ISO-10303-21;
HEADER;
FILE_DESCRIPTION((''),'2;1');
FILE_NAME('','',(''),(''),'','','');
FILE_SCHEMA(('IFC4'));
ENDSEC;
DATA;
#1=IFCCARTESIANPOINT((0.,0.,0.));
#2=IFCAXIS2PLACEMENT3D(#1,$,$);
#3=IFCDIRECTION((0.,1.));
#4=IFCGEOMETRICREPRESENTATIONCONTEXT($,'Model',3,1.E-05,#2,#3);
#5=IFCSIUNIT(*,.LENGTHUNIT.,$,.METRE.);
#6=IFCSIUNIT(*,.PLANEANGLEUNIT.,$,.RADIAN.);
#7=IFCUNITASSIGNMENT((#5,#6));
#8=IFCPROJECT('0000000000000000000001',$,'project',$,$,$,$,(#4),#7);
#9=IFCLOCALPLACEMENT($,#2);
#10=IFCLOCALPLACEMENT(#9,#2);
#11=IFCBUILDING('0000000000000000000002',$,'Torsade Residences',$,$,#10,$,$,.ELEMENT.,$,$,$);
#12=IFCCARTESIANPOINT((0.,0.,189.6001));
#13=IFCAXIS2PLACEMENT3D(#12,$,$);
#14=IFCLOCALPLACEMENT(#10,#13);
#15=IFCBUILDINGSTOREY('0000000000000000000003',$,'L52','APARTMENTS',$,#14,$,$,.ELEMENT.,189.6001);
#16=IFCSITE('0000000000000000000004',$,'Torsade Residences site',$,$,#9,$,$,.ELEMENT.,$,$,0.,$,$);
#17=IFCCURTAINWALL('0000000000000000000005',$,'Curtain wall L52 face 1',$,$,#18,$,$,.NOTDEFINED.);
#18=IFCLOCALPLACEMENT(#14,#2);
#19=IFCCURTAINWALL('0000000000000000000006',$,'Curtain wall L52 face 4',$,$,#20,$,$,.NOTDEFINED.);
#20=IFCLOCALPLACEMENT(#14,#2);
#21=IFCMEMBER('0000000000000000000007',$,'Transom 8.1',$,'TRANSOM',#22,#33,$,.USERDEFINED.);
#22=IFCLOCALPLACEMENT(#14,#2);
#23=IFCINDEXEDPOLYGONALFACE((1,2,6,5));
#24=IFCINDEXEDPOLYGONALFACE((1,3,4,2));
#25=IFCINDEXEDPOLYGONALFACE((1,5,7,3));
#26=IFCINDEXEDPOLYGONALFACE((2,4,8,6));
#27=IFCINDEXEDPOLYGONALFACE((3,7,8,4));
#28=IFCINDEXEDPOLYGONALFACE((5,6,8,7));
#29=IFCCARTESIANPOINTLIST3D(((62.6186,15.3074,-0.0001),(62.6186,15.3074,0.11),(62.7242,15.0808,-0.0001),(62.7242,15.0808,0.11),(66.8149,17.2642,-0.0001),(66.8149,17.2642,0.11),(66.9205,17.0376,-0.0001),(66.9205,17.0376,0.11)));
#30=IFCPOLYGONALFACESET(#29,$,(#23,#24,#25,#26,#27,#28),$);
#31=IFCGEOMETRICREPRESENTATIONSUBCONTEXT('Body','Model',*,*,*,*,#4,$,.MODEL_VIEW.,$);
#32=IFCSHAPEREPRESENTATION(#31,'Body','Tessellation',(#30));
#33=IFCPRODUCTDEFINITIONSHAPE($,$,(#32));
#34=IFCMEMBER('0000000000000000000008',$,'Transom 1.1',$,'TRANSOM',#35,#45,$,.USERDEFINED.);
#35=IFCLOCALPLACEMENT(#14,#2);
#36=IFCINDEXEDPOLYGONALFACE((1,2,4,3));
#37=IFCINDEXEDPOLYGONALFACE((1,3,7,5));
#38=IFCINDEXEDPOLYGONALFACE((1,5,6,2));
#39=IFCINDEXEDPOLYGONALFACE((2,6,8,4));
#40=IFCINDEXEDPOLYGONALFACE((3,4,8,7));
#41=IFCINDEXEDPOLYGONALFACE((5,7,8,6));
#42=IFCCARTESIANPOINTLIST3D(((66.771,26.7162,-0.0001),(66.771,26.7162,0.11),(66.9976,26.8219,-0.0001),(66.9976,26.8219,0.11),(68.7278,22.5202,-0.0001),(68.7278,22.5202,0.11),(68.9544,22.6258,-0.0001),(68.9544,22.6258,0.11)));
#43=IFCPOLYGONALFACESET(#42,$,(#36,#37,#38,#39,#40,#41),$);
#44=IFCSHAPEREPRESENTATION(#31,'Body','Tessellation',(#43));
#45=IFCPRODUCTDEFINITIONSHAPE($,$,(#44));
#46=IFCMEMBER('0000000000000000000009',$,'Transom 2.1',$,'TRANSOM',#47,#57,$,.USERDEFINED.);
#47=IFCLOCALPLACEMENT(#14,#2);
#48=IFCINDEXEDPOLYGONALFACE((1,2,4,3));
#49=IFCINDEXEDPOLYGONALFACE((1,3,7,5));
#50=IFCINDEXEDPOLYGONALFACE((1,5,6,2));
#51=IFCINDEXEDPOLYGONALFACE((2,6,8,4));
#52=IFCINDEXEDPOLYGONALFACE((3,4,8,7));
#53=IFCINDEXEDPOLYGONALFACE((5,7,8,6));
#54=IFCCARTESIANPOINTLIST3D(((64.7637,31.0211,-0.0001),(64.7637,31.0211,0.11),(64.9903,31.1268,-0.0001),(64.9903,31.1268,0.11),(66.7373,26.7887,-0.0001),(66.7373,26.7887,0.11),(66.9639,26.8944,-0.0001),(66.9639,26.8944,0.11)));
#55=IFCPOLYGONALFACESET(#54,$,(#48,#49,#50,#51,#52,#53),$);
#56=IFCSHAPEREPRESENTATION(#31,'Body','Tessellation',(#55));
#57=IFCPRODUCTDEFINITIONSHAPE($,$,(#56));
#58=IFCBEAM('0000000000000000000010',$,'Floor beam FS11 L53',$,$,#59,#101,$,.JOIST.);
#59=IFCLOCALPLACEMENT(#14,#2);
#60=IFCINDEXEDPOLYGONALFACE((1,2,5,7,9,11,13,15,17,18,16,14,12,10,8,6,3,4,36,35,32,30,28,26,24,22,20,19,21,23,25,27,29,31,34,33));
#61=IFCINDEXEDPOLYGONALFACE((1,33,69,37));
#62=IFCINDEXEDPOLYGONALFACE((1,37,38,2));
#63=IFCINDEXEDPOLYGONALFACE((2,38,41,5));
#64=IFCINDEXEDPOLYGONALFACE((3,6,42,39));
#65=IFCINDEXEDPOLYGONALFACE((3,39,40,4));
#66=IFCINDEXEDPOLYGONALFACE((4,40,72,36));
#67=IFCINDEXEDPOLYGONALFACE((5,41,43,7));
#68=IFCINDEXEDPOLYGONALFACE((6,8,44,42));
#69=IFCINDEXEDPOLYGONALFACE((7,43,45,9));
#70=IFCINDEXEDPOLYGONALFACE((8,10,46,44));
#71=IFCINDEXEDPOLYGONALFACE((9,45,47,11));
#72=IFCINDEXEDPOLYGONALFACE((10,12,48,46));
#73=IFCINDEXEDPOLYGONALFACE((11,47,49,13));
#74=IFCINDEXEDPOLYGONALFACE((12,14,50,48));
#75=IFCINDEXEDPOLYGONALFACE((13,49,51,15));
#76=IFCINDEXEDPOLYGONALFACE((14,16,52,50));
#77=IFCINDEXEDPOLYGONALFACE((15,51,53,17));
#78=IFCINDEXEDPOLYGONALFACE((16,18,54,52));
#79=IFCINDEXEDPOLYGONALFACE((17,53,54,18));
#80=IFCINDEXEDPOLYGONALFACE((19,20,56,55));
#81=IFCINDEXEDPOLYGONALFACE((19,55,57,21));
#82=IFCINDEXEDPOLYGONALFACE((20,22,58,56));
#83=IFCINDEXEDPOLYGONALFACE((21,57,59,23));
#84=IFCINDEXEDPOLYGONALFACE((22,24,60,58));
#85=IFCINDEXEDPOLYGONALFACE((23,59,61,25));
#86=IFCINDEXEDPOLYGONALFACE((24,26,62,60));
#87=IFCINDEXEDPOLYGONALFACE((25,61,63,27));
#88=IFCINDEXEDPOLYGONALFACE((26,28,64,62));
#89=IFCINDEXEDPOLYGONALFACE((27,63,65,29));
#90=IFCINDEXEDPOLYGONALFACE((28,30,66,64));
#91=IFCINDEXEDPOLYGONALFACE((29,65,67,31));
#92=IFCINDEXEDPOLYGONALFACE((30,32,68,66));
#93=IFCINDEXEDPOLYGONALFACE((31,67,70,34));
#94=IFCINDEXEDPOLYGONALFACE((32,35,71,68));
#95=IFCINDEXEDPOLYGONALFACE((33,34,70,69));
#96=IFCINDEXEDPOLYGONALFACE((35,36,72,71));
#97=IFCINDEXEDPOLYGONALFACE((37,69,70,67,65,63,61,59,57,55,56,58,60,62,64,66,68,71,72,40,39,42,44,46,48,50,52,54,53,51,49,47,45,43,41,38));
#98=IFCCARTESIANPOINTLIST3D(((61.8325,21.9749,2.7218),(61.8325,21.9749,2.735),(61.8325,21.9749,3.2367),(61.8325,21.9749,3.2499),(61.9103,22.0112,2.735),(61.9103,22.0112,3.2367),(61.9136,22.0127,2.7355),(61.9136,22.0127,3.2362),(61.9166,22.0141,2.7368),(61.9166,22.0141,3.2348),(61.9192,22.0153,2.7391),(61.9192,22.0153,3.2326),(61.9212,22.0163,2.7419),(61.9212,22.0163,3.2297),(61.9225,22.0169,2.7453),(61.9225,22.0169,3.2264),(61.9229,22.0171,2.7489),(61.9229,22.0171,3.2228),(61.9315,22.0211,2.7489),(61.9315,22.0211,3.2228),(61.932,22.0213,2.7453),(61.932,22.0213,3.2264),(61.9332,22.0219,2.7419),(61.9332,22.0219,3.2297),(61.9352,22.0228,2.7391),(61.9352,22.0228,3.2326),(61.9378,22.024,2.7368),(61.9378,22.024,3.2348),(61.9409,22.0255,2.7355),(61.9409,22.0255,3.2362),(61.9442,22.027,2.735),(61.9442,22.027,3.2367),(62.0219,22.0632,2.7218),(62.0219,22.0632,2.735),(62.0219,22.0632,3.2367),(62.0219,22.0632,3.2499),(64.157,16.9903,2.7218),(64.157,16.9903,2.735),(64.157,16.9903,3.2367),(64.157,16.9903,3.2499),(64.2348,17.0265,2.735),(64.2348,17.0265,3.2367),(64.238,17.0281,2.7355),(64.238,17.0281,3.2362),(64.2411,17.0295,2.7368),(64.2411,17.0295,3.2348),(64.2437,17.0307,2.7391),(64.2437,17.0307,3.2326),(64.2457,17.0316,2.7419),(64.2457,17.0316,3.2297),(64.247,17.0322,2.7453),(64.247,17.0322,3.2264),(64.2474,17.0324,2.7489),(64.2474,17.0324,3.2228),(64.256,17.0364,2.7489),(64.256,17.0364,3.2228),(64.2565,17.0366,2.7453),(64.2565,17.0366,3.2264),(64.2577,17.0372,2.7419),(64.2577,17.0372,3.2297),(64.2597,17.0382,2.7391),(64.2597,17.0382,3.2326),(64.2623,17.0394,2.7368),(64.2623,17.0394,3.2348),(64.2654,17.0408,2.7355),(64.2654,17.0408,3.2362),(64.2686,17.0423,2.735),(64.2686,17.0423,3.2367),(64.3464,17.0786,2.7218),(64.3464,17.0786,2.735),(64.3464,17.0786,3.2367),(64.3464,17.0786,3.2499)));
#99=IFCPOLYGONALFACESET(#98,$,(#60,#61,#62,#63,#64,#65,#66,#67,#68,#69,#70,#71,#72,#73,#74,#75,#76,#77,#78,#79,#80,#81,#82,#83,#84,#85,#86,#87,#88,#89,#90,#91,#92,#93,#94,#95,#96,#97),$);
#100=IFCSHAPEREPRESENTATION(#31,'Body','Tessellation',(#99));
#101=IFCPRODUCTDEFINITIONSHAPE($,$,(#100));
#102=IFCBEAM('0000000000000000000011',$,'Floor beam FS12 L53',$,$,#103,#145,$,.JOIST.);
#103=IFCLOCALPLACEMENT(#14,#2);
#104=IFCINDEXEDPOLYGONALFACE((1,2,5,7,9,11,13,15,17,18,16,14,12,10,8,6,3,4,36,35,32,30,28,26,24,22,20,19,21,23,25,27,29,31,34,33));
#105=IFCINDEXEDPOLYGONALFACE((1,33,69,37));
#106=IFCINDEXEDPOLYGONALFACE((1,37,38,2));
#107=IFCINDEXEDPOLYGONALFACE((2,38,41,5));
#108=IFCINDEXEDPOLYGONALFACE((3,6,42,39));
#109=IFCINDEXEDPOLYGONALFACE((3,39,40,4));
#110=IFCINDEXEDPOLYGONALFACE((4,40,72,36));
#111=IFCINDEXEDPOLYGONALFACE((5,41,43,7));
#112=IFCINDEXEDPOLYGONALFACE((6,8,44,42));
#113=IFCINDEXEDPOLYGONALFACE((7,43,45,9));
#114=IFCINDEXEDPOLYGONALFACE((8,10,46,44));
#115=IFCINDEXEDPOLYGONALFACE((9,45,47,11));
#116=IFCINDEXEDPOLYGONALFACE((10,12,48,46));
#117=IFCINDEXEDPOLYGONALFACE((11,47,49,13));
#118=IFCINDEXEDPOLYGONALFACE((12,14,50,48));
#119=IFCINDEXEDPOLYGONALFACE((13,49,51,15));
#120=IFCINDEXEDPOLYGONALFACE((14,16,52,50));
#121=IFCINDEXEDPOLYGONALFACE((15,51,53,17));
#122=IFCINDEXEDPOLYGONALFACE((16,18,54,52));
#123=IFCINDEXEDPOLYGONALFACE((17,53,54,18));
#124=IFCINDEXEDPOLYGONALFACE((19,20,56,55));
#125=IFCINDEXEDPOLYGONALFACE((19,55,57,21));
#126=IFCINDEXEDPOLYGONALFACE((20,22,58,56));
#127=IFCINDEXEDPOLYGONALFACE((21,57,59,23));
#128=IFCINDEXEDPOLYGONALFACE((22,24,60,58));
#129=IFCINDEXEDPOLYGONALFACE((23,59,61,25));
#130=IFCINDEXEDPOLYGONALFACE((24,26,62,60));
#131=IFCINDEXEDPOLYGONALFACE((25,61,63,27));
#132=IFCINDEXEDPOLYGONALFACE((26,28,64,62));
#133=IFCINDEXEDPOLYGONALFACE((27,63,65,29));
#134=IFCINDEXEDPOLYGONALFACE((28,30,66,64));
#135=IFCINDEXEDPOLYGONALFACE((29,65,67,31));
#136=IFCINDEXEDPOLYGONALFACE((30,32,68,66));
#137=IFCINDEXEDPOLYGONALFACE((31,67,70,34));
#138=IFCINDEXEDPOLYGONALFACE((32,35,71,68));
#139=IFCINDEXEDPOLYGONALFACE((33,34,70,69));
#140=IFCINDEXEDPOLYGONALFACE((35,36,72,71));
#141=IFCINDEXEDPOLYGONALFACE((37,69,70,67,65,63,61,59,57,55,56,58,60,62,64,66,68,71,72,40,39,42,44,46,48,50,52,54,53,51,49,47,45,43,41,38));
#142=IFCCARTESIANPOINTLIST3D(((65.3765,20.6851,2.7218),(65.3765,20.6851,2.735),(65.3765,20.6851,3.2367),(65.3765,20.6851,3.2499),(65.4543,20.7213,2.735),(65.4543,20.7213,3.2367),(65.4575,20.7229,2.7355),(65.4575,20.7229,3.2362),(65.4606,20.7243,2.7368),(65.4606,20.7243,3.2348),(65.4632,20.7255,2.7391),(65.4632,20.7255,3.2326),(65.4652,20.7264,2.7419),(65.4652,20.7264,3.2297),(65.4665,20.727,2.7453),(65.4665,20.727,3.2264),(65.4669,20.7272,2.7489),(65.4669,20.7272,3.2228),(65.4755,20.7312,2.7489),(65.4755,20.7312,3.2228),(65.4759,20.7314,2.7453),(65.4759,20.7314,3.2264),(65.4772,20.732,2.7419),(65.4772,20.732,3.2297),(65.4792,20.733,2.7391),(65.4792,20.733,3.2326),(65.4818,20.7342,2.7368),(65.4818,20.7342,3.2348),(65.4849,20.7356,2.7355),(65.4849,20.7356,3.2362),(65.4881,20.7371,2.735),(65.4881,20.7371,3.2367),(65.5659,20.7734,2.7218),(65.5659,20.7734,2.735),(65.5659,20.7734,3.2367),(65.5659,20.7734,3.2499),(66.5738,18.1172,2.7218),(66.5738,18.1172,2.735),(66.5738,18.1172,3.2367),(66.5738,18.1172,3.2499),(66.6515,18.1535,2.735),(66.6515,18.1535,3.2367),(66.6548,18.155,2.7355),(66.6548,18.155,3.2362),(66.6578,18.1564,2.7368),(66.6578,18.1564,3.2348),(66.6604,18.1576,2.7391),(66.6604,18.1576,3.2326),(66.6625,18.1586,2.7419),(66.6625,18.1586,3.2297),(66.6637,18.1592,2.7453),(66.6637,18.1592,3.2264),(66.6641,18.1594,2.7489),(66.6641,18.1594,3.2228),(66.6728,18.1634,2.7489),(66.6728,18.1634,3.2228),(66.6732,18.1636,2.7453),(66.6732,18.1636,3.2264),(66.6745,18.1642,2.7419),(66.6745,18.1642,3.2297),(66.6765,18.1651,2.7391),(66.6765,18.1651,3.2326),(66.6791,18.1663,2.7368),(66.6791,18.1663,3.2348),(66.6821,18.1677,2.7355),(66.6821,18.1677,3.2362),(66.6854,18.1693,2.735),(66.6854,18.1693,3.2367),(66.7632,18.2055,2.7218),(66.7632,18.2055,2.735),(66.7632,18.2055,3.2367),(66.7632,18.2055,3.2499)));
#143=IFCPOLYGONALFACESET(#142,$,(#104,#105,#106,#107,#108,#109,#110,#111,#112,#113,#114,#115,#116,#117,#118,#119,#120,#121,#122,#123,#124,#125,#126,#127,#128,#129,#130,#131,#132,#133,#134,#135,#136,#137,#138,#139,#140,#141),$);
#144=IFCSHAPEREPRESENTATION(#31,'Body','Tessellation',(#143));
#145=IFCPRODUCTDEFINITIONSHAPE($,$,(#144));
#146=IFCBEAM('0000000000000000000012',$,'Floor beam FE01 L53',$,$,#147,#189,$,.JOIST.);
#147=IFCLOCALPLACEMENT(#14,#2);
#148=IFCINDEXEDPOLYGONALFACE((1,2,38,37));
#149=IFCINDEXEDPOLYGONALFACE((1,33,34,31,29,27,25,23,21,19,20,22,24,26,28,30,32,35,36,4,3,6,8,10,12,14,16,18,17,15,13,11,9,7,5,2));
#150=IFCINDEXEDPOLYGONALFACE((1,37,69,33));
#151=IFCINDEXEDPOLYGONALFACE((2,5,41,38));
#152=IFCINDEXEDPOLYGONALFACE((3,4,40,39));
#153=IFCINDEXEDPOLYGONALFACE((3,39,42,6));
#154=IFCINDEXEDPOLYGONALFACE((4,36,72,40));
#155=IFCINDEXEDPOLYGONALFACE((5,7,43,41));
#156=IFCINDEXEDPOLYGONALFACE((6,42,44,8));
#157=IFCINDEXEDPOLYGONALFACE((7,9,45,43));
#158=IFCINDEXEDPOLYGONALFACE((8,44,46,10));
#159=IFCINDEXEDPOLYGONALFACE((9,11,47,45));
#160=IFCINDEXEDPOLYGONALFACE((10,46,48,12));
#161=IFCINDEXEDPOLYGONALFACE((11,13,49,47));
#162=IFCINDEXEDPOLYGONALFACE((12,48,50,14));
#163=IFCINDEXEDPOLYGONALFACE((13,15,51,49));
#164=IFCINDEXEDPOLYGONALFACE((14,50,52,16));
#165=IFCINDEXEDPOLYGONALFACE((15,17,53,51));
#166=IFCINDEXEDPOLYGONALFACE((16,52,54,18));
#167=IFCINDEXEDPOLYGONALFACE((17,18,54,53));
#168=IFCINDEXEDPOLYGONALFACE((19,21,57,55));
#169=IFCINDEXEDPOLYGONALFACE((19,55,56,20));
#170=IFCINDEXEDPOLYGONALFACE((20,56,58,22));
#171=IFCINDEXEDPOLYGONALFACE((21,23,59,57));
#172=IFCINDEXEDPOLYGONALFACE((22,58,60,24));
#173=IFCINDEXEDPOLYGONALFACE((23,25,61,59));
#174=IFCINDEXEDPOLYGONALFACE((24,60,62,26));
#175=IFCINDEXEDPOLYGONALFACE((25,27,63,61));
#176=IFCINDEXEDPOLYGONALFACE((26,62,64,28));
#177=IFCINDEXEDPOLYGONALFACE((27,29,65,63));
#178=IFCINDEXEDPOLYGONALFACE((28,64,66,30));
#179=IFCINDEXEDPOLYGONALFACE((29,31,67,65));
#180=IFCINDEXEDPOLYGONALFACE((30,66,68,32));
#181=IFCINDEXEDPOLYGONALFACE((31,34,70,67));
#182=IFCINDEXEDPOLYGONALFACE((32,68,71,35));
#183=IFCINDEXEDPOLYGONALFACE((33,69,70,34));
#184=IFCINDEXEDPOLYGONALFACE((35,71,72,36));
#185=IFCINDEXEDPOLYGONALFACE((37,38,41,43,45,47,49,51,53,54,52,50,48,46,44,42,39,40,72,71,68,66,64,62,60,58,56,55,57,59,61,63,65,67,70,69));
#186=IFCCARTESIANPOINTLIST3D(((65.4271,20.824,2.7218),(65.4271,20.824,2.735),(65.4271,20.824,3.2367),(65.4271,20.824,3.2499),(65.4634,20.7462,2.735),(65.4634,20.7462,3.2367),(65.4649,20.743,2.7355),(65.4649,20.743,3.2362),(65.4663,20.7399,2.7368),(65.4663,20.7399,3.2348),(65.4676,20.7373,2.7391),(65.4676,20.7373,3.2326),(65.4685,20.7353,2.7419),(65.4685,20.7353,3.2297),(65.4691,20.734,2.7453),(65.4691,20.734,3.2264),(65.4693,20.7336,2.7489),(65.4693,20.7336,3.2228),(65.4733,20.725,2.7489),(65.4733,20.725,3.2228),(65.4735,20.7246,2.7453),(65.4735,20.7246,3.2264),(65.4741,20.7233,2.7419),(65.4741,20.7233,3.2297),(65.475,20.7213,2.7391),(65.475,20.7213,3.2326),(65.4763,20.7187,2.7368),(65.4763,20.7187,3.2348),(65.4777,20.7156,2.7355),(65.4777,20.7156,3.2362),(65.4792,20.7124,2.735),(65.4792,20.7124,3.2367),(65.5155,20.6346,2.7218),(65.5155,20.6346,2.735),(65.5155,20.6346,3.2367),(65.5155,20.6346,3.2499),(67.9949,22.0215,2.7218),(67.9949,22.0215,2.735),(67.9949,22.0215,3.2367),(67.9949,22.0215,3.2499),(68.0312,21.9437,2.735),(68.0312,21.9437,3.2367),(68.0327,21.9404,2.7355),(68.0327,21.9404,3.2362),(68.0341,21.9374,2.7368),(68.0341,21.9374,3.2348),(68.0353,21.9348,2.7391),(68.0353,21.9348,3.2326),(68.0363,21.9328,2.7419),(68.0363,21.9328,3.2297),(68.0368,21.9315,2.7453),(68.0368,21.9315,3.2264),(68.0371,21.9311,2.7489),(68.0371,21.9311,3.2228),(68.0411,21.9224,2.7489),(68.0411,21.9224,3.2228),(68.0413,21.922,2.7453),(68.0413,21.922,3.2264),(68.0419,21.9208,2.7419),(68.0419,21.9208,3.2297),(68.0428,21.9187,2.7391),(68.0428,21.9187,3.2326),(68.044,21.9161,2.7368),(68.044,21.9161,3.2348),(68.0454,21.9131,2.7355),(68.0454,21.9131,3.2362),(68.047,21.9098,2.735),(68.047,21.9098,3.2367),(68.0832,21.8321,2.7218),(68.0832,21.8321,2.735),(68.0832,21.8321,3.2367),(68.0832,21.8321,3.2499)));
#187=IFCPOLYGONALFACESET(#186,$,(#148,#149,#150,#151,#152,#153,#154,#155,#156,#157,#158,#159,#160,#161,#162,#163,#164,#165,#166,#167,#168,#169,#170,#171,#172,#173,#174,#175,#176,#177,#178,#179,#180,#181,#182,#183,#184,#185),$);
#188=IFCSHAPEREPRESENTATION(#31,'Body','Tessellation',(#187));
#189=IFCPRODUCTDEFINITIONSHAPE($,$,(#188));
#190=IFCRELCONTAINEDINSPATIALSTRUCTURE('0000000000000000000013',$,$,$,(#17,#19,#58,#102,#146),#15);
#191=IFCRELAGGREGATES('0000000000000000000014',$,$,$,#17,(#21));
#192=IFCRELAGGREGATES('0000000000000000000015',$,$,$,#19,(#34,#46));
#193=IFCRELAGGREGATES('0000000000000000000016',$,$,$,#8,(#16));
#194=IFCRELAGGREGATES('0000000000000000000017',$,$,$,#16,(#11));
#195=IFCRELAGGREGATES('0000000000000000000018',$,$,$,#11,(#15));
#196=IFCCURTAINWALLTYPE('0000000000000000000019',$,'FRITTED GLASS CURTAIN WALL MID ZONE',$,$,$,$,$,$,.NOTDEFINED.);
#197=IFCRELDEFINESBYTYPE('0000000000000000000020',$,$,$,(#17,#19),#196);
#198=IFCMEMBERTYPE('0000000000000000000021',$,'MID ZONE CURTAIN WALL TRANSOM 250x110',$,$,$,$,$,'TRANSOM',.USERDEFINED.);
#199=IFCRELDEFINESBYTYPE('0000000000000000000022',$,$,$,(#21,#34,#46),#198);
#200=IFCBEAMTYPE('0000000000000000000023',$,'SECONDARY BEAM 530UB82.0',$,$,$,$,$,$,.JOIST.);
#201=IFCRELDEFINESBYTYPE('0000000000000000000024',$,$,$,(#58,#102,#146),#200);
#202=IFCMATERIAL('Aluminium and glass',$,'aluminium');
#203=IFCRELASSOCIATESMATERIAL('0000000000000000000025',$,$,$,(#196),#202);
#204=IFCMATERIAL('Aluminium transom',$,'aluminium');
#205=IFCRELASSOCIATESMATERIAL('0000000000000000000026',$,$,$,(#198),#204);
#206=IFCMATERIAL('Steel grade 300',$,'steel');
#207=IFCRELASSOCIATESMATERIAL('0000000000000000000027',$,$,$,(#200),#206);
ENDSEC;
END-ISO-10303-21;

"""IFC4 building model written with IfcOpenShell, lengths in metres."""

from ifc_helpers import new_model, si_unit, direction, frame, origin, origin_2d, place, context, subcontext, project, spatial, rectangle, i_section, extrude, material, material_profile, profile_set, type_object, element, aggregate, save


model = new_model("IFC4")

# Units and contexts
model_context = context("Model", 3, precision=1e-05, world=origin(), true_north=direction((0.0, 1.0)))
body_context = subcontext(model_context, "Body", "Model", "MODEL_VIEW")
ifc_project = project(units=[si_unit("LENGTHUNIT", "METRE"), si_unit("PLANEANGLEUNIT", "RADIAN")], contexts=[model_context])

# Site, building, storey
site_placement = place(None, origin())
site = spatial("IfcSite", under=ifc_project, at=site_placement, Name="Torsade Residences site", CompositionType="ELEMENT", RefElevation=0.0)
building_placement = place(site_placement, origin())
building = spatial("IfcBuilding", under=site, at=building_placement, Name="Torsade Residences", CompositionType="ELEMENT")
storey_placement = place(building_placement, frame((0.0, 0.0, 189.6001)))
storey = spatial("IfcBuildingStorey", under=building, at=storey_placement, Name="L52", Description="APARTMENTS", CompositionType="ELEMENT", Elevation=189.6001)

# Curtain walls
ifc_material_1 = material(Name="Aluminium and glass", Category="aluminium")
curtain_wall_type = type_object("IfcCurtainWallType", Name="FRITTED GLASS CURTAIN WALL MID ZONE", PredefinedType="NOTDEFINED", material=ifc_material_1)
curtain_wall_1_placement = place(storey_placement, origin())
curtain_wall_1 = element("IfcCurtainWall", 1, at=curtain_wall_1_placement, inside=storey, type_object=curtain_wall_type, Name="Curtain wall L52 face 1", PredefinedType="NOTDEFINED")
curtain_wall_2_placement = place(storey_placement, origin())
curtain_wall_2 = element("IfcCurtainWall", 2, at=curtain_wall_2_placement, inside=storey, type_object=curtain_wall_type, Name="Curtain wall L52 face 4", PredefinedType="NOTDEFINED")

# Members
ifc_material_2 = material(Name="Aluminium transom", Category="aluminium")
ifc_material_profile_1 = material_profile(ifc_material_2, rectangle(XDim=0.25, YDim=0.1101, at=origin_2d()), Name="MID ZONE CURTAIN WALL TRANSOM 250x110")
ifc_profile_set_1 = profile_set([ifc_material_profile_1], Name="Aluminium transom")
member_type_1 = type_object("IfcMemberType", Name="MID ZONE CURTAIN WALL TRANSOM 250x110", ElementType="TRANSOM", PredefinedType="USERDEFINED", material=ifc_profile_set_1)
member_1_placement = place(storey_placement, frame((62.6714, 15.1941, 0.0549), z_axis=(0.906306, 0.422623, 0.0), x_axis=(-0.422623, 0.906306, 0.0)))
member_1 = element("IfcMember", 3, at=member_1_placement, type_object=member_type_1, Name="Transom 8.1", ObjectType="TRANSOM", PredefinedType="USERDEFINED", context=body_context, shape_type="SweptSolid", body=[
    extrude(rectangle(XDim=0.25, YDim=0.1101, at=origin_2d()), origin(), (0.0, 0.0, 1.0), 4.6301),
])
member_2_placement = place(storey_placement, frame((68.8411, 22.573, 0.0549), z_axis=(-0.422643, 0.906296, 0.0), x_axis=(-0.906296, -0.422643, 0.0)))
member_2 = element("IfcMember", 4, at=member_2_placement, type_object=member_type_1, Name="Transom 1.1", ObjectType="TRANSOM", PredefinedType="USERDEFINED", context=body_context, shape_type="SweptSolid", body=[
    extrude(rectangle(XDim=0.25, YDim=0.1101, at=origin_2d()), origin(), (0.0, 0.0, 1.0), 4.6299),
])
member_3_placement = place(storey_placement, frame((66.8506, 26.8416, 0.0549), z_axis=(-0.422622, 0.906306, 0.0), x_axis=(-0.906306, -0.422622, 0.0)))
member_3 = element("IfcMember", 5, at=member_3_placement, type_object=member_type_1, Name="Transom 2.1", ObjectType="TRANSOM", PredefinedType="USERDEFINED", context=body_context, shape_type="SweptSolid", body=[
    extrude(rectangle(XDim=0.25, YDim=0.1101, at=origin_2d()), origin(), (0.0, 0.0, 1.0), 4.6699),
])

# Beams
ifc_material_3 = material(Name="Steel grade 300", Category="steel")
ifc_material_profile_2 = material_profile(ifc_material_3, i_section(OverallWidth=0.209, OverallDepth=0.5281, WebThickness=0.0095, FlangeThickness=0.0132, FilletRadius=0.0139, at=origin_2d()), Name="530UB82.0")
ifc_profile_set_2 = profile_set([ifc_material_profile_2], Name="Steel grade 300")
beam_type_1 = type_object("IfcBeamType", Name="SECONDARY BEAM 530UB82.0", PredefinedType="JOIST", material=ifc_profile_set_2)
beam_1_placement = place(storey_placement, frame((64.2517, 17.0344, 2.9858), z_axis=(-0.422633, 0.906301, 0.0), x_axis=(-0.906301, -0.422633, 0.0)))
element("IfcBeam", 6, at=beam_1_placement, inside=storey, type_object=beam_type_1, Name="Floor beam FS11 L53", PredefinedType="JOIST", context=body_context, shape_type="SweptSolid", body=[
    extrude(i_section(OverallWidth=0.209, OverallDepth=0.5281, WebThickness=0.0095, FlangeThickness=0.0132, FilletRadius=0.0139, at=origin_2d()), origin(), (0.0, 0.0, 1.0), 5.5),
])
for number, where, z_axis, x_axis, name in (
    (7, (66.6685, 18.1614, 2.9858), (-0.422574, 0.906328, 0.0), (-0.906328, -0.422574, 0.0), "Floor beam FS12 L53"),
    (8, (68.0391, 21.9268, 2.9858), (-0.906295, -0.422645, 0.0), (0.422645, -0.906295, 0.0), "Floor beam FE01 L53"),
):
    element("IfcBeam", number, at=place(storey_placement, frame(where, z_axis=z_axis, x_axis=x_axis)), inside=storey, type_object=beam_type_1, Name=name, PredefinedType="JOIST", context=body_context, shape_type="SweptSolid", body=[
        extrude(i_section(OverallWidth=0.209, OverallDepth=0.5281, WebThickness=0.0095, FlangeThickness=0.0132, FilletRadius=0.0139, at=origin_2d()), origin(), (0.0, 0.0, 1.0), 2.8333),
    ])

aggregate(curtain_wall_1, [member_1])
aggregate(curtain_wall_2, [member_2, member_3])

save(model, "model.ifc")
